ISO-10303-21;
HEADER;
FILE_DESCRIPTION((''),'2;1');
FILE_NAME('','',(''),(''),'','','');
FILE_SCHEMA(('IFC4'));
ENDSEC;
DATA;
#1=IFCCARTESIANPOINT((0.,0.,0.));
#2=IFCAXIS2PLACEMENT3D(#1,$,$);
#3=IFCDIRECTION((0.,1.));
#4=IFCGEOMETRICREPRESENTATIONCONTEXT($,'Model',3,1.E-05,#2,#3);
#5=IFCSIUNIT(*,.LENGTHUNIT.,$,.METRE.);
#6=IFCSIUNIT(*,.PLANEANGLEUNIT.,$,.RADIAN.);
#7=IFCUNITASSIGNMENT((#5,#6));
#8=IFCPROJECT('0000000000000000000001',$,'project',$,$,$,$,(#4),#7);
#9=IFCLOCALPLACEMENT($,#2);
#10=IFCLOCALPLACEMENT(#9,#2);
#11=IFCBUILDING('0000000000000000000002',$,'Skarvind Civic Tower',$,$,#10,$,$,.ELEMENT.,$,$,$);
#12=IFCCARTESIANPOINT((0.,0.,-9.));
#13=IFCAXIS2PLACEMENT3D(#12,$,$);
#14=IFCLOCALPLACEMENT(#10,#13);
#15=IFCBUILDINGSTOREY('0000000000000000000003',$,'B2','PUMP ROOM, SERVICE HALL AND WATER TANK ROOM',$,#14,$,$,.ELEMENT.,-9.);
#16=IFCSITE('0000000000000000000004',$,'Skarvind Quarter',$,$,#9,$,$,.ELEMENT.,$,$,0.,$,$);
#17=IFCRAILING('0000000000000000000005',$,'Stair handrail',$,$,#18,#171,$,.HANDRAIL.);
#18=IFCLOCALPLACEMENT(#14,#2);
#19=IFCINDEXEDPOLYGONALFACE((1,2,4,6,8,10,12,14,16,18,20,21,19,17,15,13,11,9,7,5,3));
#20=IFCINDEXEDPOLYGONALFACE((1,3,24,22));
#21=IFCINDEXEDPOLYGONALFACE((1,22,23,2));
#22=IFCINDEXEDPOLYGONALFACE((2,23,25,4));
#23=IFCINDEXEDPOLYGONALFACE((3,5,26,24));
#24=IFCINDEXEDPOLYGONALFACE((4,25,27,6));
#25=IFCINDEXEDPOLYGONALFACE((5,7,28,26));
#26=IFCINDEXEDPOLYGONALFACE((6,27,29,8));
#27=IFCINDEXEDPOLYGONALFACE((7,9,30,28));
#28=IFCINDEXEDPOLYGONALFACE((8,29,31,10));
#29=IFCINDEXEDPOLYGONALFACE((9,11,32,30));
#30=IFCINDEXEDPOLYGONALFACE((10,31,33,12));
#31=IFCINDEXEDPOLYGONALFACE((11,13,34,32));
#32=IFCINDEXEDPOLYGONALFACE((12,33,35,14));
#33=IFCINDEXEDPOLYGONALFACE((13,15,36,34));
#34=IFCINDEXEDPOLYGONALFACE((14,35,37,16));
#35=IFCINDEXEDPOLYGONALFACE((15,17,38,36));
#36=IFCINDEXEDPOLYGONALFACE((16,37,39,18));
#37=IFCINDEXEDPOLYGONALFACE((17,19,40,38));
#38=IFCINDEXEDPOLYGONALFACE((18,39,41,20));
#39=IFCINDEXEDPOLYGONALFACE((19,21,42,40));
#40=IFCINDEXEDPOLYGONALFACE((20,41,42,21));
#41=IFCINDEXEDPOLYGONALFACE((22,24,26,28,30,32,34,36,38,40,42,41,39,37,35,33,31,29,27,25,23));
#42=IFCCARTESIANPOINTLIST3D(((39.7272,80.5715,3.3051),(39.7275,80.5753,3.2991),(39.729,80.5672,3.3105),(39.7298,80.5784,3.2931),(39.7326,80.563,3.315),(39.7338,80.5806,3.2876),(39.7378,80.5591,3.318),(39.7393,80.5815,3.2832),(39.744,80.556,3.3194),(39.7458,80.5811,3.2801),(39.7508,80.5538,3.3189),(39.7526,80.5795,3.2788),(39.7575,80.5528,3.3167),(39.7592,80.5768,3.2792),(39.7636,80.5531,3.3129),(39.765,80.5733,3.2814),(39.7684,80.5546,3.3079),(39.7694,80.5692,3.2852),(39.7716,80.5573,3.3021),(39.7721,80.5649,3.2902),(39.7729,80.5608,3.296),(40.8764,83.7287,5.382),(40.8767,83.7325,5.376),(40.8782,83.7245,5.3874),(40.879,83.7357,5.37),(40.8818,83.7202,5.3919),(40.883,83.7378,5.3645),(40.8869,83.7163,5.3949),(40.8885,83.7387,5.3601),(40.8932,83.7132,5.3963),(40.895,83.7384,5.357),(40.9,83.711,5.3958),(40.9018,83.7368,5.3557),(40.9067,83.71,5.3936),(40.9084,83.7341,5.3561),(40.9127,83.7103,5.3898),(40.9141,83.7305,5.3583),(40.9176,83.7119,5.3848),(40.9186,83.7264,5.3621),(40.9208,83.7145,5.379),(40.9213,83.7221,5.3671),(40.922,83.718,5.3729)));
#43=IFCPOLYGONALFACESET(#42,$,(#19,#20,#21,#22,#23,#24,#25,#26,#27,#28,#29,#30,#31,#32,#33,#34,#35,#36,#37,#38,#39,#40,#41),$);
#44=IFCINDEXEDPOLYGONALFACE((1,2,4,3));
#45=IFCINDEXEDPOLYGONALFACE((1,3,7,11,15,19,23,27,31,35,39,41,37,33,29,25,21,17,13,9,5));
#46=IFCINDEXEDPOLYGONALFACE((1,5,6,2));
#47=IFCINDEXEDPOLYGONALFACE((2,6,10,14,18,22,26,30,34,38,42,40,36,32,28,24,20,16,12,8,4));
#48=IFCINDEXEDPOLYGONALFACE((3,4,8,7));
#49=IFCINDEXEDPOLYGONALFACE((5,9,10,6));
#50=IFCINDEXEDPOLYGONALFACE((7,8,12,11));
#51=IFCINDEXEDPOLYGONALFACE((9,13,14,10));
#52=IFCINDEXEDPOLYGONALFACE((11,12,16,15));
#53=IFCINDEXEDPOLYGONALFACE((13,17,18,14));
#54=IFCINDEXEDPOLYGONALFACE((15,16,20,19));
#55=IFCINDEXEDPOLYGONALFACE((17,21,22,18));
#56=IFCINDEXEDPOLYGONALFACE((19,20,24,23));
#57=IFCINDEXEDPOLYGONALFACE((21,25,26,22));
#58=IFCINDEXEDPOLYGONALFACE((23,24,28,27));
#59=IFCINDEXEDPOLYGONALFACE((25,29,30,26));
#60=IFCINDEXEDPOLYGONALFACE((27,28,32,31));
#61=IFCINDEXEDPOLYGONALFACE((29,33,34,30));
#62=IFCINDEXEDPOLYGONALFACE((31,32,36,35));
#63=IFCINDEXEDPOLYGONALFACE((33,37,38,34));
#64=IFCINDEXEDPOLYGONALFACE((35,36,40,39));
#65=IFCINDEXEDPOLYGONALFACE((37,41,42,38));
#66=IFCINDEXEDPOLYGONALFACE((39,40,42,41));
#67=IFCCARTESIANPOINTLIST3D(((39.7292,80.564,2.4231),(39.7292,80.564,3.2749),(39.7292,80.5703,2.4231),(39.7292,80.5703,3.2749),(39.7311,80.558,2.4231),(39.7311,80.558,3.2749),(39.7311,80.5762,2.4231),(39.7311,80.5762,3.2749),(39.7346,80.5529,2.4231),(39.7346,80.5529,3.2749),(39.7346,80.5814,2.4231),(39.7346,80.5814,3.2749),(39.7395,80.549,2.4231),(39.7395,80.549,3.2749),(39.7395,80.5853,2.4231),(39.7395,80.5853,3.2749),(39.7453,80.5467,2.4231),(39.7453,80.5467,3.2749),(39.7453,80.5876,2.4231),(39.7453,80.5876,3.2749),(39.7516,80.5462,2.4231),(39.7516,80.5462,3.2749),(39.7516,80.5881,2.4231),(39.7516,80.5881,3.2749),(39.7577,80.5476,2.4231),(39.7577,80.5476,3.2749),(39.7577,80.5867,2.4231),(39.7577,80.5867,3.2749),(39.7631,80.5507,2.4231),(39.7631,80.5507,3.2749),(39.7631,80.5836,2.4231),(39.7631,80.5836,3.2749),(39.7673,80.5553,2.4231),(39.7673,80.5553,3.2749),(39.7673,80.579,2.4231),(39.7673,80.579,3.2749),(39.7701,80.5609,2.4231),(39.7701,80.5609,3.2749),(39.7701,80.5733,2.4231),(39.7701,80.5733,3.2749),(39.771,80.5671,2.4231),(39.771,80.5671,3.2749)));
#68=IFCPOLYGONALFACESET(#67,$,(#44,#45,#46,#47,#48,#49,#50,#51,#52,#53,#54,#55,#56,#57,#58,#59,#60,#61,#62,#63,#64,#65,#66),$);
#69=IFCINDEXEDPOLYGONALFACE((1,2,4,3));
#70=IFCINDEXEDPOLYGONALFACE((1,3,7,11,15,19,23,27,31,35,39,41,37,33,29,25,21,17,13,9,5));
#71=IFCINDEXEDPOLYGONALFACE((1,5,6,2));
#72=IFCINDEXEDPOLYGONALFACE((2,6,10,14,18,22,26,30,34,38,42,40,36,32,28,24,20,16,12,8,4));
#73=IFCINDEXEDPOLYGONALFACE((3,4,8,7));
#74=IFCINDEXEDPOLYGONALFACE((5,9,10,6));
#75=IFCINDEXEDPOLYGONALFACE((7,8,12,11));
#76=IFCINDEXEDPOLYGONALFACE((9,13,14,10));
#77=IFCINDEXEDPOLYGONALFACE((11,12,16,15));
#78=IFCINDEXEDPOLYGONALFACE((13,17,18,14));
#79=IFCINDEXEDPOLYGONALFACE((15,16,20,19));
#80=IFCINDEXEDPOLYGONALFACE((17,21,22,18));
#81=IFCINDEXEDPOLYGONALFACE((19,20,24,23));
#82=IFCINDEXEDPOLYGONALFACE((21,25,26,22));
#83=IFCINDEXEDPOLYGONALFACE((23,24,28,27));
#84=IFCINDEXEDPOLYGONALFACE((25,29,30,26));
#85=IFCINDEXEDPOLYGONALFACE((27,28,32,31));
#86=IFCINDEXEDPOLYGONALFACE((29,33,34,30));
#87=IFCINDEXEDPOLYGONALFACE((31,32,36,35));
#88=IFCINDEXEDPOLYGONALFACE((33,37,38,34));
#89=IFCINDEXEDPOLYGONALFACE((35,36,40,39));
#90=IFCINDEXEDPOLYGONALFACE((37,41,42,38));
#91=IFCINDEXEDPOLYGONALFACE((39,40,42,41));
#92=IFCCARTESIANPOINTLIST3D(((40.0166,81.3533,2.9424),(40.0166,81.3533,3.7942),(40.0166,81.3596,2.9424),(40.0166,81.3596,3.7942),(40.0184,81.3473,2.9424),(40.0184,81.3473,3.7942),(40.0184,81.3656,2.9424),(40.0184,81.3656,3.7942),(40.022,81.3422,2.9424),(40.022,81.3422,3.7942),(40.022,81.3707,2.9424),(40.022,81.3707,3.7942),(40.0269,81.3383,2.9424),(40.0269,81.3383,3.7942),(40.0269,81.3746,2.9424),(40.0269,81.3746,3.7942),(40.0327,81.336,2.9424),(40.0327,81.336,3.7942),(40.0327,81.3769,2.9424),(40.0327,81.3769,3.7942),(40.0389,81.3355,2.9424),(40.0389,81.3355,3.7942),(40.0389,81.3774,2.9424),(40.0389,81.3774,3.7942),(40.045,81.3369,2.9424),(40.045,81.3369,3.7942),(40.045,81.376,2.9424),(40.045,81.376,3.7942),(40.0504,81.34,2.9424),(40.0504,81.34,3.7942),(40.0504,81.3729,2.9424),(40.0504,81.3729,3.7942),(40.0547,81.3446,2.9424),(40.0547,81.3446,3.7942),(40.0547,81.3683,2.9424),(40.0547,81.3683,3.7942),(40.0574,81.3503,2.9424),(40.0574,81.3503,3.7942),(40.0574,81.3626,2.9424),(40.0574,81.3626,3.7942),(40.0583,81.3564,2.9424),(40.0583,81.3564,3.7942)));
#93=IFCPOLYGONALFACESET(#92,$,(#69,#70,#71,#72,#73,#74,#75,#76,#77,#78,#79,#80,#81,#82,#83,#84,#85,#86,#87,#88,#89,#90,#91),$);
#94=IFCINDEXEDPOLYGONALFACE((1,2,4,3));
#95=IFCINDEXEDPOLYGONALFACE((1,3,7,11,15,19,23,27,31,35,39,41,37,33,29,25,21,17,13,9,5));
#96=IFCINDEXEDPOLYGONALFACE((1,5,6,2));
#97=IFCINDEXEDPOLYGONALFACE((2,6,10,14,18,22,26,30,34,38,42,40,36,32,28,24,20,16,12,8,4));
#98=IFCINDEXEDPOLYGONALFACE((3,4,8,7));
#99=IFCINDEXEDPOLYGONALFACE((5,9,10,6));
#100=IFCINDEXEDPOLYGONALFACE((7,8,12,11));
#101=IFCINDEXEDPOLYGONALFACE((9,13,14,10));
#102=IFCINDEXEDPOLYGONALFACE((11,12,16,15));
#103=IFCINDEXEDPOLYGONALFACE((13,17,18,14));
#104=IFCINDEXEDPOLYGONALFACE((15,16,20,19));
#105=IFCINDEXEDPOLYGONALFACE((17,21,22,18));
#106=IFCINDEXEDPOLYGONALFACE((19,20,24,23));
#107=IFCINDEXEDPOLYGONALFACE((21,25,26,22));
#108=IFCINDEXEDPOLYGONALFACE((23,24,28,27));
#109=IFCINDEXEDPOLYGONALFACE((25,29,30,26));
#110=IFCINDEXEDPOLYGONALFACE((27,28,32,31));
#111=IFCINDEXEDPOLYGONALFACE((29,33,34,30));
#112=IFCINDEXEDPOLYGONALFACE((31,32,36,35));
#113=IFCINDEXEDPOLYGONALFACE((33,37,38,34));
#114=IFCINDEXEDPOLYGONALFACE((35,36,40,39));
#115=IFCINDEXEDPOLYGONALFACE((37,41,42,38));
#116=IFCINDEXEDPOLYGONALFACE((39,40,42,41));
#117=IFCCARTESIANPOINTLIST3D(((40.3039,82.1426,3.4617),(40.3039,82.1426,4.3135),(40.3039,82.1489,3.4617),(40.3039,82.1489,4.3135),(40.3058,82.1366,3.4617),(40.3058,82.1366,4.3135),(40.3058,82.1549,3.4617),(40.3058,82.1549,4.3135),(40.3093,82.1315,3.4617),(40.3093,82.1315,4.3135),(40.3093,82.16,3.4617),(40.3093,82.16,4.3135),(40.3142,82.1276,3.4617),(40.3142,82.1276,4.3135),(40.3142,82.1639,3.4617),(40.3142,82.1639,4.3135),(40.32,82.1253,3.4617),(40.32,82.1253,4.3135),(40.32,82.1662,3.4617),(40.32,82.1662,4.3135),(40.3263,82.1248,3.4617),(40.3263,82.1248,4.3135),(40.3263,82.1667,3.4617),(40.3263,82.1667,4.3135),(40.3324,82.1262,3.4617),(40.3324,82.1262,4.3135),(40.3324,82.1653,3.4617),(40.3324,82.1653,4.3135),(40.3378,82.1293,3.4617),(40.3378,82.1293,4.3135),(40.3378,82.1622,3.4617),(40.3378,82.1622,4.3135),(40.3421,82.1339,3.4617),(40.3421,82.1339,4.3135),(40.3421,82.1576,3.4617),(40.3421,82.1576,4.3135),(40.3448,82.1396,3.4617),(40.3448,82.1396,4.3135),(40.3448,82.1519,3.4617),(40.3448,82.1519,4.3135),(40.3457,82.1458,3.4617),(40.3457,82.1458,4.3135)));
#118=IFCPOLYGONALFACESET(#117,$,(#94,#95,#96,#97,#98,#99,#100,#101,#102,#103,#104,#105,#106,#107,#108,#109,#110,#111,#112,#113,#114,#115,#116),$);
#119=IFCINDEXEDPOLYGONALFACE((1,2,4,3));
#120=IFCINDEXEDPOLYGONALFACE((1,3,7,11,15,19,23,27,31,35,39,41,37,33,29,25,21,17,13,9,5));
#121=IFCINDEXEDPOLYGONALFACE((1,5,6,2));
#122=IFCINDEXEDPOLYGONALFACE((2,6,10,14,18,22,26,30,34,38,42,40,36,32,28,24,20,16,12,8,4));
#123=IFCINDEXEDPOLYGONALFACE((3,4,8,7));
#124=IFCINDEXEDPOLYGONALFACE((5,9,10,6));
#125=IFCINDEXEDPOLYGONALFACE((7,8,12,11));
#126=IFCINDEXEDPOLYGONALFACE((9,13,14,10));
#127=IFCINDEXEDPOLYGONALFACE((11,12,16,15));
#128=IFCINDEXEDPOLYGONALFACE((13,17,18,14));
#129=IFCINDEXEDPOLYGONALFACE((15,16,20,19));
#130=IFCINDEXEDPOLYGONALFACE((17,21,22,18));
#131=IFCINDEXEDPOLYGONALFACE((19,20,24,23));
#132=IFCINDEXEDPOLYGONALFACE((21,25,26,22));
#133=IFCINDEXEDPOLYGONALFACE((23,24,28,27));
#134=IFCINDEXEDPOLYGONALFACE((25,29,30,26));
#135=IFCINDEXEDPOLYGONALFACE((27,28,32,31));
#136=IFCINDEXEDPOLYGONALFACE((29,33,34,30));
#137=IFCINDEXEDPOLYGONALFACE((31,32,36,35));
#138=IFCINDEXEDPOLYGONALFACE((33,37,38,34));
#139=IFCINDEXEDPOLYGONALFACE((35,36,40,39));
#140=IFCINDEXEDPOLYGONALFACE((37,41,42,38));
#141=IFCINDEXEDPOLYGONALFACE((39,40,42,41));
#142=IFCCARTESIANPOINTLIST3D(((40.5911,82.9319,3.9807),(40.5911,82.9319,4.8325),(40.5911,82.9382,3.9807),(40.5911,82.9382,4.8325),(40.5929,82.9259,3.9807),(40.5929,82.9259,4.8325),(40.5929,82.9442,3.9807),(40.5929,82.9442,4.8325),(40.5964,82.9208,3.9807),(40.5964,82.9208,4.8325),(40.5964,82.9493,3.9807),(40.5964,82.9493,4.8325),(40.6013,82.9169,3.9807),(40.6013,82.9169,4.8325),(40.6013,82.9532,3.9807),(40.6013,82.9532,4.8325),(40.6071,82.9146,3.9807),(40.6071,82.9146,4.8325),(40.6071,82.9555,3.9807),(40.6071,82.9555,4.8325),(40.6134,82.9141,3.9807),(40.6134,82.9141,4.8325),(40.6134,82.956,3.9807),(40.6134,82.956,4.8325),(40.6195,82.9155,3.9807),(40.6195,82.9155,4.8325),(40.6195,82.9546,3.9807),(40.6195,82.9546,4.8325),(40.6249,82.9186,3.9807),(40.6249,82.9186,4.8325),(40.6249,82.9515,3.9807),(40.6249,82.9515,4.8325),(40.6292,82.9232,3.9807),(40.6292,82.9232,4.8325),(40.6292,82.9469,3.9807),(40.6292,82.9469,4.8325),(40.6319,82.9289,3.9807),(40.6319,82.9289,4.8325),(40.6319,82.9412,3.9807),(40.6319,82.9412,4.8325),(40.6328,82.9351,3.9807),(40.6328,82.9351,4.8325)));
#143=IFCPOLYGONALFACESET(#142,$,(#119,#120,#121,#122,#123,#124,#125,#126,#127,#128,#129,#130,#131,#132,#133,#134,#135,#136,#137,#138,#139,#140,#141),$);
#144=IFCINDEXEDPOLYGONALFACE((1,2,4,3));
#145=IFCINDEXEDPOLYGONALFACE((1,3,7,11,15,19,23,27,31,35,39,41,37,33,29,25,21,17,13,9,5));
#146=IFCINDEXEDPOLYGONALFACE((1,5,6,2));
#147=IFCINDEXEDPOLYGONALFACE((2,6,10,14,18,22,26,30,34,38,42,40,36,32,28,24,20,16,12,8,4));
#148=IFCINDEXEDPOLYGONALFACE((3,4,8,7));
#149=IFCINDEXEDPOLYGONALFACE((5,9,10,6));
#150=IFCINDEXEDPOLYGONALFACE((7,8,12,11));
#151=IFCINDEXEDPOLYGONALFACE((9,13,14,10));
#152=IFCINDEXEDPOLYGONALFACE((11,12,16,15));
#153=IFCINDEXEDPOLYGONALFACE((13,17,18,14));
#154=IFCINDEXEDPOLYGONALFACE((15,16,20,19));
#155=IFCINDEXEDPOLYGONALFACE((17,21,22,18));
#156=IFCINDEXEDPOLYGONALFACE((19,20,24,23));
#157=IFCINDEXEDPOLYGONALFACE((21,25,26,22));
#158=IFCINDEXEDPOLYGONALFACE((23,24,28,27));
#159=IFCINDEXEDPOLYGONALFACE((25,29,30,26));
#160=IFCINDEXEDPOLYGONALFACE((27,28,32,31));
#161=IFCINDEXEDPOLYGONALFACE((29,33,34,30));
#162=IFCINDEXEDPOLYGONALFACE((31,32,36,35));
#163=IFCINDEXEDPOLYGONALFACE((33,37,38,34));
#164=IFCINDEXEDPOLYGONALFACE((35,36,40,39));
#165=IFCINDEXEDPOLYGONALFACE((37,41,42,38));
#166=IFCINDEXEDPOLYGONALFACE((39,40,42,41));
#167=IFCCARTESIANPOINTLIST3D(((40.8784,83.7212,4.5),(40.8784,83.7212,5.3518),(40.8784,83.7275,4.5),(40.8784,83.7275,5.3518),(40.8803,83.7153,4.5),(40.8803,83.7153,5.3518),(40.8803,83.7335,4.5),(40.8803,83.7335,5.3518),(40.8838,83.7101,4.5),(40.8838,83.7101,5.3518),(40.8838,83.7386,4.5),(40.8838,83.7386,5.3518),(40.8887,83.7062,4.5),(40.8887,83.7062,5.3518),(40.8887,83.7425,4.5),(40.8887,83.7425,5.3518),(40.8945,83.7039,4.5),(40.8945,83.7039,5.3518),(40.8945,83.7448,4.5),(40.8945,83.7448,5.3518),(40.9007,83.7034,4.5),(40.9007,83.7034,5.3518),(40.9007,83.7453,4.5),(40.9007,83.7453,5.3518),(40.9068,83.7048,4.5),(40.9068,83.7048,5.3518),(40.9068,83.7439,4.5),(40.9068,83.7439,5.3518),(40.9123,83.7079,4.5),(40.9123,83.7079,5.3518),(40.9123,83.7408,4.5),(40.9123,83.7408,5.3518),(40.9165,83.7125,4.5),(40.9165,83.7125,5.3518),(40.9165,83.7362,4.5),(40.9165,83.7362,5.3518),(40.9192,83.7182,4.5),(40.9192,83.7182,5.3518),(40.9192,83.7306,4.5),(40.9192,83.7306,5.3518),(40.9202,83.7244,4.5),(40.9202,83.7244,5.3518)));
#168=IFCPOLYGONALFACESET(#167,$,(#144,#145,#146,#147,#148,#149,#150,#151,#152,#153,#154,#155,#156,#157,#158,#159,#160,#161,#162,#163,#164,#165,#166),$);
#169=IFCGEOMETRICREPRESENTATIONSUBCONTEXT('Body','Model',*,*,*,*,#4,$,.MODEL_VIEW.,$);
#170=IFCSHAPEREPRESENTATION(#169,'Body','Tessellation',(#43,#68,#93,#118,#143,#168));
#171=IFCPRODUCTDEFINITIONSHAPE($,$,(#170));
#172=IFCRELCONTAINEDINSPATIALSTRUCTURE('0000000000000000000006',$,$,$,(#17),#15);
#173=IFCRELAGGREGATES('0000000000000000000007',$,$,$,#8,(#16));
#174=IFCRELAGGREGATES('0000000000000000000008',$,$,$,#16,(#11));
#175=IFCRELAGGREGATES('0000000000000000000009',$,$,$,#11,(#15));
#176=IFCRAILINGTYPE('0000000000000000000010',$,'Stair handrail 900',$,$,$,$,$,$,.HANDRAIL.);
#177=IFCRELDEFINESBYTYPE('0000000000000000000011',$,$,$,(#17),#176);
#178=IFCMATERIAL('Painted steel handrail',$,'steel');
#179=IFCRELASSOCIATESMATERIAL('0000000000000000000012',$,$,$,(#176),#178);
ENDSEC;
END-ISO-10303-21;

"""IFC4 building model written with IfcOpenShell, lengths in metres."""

from ifc_helpers import new_model, si_unit, direction, frame, origin, origin_2d, place, context, subcontext, project, spatial, circle, extrude, material, type_object, element, save


model = new_model("IFC4")

# Units and contexts
model_context = context("Model", 3, precision=1e-05, world=origin(), true_north=direction((0.0, 1.0)))
body_context = subcontext(model_context, "Body", "Model", "MODEL_VIEW")
ifc_project = project(units=[si_unit("LENGTHUNIT", "METRE"), si_unit("PLANEANGLEUNIT", "RADIAN")], contexts=[model_context])

# Site, building, storey
site_placement = place(None, origin())
site = spatial("IfcSite", under=ifc_project, at=site_placement, Name="Skarvind Quarter", CompositionType="ELEMENT", RefElevation=0.0)
building_placement = place(site_placement, origin())
building = spatial("IfcBuilding", under=site, at=building_placement, Name="Skarvind Civic Tower", CompositionType="ELEMENT")
storey_placement = place(building_placement, frame((0.0, 0.0, -9.0)))
storey = spatial("IfcBuildingStorey", under=building, at=storey_placement, Name="B2", Description="PUMP ROOM, SERVICE HALL AND WATER TANK ROOM", CompositionType="ELEMENT", Elevation=-9.0)

# Railing
ifc_material_1 = material(Name="Painted steel handrail", Category="steel")
railing_type = type_object("IfcRailingType", Name="Stair handrail 900", PredefinedType="HANDRAIL", material=ifc_material_1)
railing_1_placement = place(storey_placement, frame((39.75, 80.5671, 2.4231)))
element("IfcRailing", 1, at=railing_1_placement, inside=storey, type_object=railing_type, Name="Stair handrail", PredefinedType="HANDRAIL", context=body_context, shape_type="SweptSolid", body=[
    extrude(circle(Radius=0.0239, at=origin_2d()), frame((0.0, 0.0, 0.876), z_axis=(0.290932, 0.799305, 0.525804), x_axis=(-0.939689, 0.342029, 0.0)), (0.0, 0.0, 1.0), 3.95),
    extrude(circle(Radius=0.021, at=origin_2d()), origin(), (0.0, 0.0, 1.0), 0.8518),
    extrude(circle(Radius=0.021, at=origin_2d()), frame((0.2874, 0.7893, 0.5193)), (0.0, 0.0, 1.0), 0.8518),
    extrude(circle(Radius=0.021, at=origin_2d()), frame((0.5747, 1.5786, 1.0386)), (0.0, 0.0, 1.0), 0.8518),
    extrude(circle(Radius=0.021, at=origin_2d()), frame((0.8618, 2.3679, 1.5576)), (0.0, 0.0, 1.0), 0.8518),
    extrude(circle(Radius=0.021, at=origin_2d()), frame((1.1492, 3.1572, 2.0769)), (0.0, 0.0, 1.0), 0.8518),
])

save(model, "model.ifc")
